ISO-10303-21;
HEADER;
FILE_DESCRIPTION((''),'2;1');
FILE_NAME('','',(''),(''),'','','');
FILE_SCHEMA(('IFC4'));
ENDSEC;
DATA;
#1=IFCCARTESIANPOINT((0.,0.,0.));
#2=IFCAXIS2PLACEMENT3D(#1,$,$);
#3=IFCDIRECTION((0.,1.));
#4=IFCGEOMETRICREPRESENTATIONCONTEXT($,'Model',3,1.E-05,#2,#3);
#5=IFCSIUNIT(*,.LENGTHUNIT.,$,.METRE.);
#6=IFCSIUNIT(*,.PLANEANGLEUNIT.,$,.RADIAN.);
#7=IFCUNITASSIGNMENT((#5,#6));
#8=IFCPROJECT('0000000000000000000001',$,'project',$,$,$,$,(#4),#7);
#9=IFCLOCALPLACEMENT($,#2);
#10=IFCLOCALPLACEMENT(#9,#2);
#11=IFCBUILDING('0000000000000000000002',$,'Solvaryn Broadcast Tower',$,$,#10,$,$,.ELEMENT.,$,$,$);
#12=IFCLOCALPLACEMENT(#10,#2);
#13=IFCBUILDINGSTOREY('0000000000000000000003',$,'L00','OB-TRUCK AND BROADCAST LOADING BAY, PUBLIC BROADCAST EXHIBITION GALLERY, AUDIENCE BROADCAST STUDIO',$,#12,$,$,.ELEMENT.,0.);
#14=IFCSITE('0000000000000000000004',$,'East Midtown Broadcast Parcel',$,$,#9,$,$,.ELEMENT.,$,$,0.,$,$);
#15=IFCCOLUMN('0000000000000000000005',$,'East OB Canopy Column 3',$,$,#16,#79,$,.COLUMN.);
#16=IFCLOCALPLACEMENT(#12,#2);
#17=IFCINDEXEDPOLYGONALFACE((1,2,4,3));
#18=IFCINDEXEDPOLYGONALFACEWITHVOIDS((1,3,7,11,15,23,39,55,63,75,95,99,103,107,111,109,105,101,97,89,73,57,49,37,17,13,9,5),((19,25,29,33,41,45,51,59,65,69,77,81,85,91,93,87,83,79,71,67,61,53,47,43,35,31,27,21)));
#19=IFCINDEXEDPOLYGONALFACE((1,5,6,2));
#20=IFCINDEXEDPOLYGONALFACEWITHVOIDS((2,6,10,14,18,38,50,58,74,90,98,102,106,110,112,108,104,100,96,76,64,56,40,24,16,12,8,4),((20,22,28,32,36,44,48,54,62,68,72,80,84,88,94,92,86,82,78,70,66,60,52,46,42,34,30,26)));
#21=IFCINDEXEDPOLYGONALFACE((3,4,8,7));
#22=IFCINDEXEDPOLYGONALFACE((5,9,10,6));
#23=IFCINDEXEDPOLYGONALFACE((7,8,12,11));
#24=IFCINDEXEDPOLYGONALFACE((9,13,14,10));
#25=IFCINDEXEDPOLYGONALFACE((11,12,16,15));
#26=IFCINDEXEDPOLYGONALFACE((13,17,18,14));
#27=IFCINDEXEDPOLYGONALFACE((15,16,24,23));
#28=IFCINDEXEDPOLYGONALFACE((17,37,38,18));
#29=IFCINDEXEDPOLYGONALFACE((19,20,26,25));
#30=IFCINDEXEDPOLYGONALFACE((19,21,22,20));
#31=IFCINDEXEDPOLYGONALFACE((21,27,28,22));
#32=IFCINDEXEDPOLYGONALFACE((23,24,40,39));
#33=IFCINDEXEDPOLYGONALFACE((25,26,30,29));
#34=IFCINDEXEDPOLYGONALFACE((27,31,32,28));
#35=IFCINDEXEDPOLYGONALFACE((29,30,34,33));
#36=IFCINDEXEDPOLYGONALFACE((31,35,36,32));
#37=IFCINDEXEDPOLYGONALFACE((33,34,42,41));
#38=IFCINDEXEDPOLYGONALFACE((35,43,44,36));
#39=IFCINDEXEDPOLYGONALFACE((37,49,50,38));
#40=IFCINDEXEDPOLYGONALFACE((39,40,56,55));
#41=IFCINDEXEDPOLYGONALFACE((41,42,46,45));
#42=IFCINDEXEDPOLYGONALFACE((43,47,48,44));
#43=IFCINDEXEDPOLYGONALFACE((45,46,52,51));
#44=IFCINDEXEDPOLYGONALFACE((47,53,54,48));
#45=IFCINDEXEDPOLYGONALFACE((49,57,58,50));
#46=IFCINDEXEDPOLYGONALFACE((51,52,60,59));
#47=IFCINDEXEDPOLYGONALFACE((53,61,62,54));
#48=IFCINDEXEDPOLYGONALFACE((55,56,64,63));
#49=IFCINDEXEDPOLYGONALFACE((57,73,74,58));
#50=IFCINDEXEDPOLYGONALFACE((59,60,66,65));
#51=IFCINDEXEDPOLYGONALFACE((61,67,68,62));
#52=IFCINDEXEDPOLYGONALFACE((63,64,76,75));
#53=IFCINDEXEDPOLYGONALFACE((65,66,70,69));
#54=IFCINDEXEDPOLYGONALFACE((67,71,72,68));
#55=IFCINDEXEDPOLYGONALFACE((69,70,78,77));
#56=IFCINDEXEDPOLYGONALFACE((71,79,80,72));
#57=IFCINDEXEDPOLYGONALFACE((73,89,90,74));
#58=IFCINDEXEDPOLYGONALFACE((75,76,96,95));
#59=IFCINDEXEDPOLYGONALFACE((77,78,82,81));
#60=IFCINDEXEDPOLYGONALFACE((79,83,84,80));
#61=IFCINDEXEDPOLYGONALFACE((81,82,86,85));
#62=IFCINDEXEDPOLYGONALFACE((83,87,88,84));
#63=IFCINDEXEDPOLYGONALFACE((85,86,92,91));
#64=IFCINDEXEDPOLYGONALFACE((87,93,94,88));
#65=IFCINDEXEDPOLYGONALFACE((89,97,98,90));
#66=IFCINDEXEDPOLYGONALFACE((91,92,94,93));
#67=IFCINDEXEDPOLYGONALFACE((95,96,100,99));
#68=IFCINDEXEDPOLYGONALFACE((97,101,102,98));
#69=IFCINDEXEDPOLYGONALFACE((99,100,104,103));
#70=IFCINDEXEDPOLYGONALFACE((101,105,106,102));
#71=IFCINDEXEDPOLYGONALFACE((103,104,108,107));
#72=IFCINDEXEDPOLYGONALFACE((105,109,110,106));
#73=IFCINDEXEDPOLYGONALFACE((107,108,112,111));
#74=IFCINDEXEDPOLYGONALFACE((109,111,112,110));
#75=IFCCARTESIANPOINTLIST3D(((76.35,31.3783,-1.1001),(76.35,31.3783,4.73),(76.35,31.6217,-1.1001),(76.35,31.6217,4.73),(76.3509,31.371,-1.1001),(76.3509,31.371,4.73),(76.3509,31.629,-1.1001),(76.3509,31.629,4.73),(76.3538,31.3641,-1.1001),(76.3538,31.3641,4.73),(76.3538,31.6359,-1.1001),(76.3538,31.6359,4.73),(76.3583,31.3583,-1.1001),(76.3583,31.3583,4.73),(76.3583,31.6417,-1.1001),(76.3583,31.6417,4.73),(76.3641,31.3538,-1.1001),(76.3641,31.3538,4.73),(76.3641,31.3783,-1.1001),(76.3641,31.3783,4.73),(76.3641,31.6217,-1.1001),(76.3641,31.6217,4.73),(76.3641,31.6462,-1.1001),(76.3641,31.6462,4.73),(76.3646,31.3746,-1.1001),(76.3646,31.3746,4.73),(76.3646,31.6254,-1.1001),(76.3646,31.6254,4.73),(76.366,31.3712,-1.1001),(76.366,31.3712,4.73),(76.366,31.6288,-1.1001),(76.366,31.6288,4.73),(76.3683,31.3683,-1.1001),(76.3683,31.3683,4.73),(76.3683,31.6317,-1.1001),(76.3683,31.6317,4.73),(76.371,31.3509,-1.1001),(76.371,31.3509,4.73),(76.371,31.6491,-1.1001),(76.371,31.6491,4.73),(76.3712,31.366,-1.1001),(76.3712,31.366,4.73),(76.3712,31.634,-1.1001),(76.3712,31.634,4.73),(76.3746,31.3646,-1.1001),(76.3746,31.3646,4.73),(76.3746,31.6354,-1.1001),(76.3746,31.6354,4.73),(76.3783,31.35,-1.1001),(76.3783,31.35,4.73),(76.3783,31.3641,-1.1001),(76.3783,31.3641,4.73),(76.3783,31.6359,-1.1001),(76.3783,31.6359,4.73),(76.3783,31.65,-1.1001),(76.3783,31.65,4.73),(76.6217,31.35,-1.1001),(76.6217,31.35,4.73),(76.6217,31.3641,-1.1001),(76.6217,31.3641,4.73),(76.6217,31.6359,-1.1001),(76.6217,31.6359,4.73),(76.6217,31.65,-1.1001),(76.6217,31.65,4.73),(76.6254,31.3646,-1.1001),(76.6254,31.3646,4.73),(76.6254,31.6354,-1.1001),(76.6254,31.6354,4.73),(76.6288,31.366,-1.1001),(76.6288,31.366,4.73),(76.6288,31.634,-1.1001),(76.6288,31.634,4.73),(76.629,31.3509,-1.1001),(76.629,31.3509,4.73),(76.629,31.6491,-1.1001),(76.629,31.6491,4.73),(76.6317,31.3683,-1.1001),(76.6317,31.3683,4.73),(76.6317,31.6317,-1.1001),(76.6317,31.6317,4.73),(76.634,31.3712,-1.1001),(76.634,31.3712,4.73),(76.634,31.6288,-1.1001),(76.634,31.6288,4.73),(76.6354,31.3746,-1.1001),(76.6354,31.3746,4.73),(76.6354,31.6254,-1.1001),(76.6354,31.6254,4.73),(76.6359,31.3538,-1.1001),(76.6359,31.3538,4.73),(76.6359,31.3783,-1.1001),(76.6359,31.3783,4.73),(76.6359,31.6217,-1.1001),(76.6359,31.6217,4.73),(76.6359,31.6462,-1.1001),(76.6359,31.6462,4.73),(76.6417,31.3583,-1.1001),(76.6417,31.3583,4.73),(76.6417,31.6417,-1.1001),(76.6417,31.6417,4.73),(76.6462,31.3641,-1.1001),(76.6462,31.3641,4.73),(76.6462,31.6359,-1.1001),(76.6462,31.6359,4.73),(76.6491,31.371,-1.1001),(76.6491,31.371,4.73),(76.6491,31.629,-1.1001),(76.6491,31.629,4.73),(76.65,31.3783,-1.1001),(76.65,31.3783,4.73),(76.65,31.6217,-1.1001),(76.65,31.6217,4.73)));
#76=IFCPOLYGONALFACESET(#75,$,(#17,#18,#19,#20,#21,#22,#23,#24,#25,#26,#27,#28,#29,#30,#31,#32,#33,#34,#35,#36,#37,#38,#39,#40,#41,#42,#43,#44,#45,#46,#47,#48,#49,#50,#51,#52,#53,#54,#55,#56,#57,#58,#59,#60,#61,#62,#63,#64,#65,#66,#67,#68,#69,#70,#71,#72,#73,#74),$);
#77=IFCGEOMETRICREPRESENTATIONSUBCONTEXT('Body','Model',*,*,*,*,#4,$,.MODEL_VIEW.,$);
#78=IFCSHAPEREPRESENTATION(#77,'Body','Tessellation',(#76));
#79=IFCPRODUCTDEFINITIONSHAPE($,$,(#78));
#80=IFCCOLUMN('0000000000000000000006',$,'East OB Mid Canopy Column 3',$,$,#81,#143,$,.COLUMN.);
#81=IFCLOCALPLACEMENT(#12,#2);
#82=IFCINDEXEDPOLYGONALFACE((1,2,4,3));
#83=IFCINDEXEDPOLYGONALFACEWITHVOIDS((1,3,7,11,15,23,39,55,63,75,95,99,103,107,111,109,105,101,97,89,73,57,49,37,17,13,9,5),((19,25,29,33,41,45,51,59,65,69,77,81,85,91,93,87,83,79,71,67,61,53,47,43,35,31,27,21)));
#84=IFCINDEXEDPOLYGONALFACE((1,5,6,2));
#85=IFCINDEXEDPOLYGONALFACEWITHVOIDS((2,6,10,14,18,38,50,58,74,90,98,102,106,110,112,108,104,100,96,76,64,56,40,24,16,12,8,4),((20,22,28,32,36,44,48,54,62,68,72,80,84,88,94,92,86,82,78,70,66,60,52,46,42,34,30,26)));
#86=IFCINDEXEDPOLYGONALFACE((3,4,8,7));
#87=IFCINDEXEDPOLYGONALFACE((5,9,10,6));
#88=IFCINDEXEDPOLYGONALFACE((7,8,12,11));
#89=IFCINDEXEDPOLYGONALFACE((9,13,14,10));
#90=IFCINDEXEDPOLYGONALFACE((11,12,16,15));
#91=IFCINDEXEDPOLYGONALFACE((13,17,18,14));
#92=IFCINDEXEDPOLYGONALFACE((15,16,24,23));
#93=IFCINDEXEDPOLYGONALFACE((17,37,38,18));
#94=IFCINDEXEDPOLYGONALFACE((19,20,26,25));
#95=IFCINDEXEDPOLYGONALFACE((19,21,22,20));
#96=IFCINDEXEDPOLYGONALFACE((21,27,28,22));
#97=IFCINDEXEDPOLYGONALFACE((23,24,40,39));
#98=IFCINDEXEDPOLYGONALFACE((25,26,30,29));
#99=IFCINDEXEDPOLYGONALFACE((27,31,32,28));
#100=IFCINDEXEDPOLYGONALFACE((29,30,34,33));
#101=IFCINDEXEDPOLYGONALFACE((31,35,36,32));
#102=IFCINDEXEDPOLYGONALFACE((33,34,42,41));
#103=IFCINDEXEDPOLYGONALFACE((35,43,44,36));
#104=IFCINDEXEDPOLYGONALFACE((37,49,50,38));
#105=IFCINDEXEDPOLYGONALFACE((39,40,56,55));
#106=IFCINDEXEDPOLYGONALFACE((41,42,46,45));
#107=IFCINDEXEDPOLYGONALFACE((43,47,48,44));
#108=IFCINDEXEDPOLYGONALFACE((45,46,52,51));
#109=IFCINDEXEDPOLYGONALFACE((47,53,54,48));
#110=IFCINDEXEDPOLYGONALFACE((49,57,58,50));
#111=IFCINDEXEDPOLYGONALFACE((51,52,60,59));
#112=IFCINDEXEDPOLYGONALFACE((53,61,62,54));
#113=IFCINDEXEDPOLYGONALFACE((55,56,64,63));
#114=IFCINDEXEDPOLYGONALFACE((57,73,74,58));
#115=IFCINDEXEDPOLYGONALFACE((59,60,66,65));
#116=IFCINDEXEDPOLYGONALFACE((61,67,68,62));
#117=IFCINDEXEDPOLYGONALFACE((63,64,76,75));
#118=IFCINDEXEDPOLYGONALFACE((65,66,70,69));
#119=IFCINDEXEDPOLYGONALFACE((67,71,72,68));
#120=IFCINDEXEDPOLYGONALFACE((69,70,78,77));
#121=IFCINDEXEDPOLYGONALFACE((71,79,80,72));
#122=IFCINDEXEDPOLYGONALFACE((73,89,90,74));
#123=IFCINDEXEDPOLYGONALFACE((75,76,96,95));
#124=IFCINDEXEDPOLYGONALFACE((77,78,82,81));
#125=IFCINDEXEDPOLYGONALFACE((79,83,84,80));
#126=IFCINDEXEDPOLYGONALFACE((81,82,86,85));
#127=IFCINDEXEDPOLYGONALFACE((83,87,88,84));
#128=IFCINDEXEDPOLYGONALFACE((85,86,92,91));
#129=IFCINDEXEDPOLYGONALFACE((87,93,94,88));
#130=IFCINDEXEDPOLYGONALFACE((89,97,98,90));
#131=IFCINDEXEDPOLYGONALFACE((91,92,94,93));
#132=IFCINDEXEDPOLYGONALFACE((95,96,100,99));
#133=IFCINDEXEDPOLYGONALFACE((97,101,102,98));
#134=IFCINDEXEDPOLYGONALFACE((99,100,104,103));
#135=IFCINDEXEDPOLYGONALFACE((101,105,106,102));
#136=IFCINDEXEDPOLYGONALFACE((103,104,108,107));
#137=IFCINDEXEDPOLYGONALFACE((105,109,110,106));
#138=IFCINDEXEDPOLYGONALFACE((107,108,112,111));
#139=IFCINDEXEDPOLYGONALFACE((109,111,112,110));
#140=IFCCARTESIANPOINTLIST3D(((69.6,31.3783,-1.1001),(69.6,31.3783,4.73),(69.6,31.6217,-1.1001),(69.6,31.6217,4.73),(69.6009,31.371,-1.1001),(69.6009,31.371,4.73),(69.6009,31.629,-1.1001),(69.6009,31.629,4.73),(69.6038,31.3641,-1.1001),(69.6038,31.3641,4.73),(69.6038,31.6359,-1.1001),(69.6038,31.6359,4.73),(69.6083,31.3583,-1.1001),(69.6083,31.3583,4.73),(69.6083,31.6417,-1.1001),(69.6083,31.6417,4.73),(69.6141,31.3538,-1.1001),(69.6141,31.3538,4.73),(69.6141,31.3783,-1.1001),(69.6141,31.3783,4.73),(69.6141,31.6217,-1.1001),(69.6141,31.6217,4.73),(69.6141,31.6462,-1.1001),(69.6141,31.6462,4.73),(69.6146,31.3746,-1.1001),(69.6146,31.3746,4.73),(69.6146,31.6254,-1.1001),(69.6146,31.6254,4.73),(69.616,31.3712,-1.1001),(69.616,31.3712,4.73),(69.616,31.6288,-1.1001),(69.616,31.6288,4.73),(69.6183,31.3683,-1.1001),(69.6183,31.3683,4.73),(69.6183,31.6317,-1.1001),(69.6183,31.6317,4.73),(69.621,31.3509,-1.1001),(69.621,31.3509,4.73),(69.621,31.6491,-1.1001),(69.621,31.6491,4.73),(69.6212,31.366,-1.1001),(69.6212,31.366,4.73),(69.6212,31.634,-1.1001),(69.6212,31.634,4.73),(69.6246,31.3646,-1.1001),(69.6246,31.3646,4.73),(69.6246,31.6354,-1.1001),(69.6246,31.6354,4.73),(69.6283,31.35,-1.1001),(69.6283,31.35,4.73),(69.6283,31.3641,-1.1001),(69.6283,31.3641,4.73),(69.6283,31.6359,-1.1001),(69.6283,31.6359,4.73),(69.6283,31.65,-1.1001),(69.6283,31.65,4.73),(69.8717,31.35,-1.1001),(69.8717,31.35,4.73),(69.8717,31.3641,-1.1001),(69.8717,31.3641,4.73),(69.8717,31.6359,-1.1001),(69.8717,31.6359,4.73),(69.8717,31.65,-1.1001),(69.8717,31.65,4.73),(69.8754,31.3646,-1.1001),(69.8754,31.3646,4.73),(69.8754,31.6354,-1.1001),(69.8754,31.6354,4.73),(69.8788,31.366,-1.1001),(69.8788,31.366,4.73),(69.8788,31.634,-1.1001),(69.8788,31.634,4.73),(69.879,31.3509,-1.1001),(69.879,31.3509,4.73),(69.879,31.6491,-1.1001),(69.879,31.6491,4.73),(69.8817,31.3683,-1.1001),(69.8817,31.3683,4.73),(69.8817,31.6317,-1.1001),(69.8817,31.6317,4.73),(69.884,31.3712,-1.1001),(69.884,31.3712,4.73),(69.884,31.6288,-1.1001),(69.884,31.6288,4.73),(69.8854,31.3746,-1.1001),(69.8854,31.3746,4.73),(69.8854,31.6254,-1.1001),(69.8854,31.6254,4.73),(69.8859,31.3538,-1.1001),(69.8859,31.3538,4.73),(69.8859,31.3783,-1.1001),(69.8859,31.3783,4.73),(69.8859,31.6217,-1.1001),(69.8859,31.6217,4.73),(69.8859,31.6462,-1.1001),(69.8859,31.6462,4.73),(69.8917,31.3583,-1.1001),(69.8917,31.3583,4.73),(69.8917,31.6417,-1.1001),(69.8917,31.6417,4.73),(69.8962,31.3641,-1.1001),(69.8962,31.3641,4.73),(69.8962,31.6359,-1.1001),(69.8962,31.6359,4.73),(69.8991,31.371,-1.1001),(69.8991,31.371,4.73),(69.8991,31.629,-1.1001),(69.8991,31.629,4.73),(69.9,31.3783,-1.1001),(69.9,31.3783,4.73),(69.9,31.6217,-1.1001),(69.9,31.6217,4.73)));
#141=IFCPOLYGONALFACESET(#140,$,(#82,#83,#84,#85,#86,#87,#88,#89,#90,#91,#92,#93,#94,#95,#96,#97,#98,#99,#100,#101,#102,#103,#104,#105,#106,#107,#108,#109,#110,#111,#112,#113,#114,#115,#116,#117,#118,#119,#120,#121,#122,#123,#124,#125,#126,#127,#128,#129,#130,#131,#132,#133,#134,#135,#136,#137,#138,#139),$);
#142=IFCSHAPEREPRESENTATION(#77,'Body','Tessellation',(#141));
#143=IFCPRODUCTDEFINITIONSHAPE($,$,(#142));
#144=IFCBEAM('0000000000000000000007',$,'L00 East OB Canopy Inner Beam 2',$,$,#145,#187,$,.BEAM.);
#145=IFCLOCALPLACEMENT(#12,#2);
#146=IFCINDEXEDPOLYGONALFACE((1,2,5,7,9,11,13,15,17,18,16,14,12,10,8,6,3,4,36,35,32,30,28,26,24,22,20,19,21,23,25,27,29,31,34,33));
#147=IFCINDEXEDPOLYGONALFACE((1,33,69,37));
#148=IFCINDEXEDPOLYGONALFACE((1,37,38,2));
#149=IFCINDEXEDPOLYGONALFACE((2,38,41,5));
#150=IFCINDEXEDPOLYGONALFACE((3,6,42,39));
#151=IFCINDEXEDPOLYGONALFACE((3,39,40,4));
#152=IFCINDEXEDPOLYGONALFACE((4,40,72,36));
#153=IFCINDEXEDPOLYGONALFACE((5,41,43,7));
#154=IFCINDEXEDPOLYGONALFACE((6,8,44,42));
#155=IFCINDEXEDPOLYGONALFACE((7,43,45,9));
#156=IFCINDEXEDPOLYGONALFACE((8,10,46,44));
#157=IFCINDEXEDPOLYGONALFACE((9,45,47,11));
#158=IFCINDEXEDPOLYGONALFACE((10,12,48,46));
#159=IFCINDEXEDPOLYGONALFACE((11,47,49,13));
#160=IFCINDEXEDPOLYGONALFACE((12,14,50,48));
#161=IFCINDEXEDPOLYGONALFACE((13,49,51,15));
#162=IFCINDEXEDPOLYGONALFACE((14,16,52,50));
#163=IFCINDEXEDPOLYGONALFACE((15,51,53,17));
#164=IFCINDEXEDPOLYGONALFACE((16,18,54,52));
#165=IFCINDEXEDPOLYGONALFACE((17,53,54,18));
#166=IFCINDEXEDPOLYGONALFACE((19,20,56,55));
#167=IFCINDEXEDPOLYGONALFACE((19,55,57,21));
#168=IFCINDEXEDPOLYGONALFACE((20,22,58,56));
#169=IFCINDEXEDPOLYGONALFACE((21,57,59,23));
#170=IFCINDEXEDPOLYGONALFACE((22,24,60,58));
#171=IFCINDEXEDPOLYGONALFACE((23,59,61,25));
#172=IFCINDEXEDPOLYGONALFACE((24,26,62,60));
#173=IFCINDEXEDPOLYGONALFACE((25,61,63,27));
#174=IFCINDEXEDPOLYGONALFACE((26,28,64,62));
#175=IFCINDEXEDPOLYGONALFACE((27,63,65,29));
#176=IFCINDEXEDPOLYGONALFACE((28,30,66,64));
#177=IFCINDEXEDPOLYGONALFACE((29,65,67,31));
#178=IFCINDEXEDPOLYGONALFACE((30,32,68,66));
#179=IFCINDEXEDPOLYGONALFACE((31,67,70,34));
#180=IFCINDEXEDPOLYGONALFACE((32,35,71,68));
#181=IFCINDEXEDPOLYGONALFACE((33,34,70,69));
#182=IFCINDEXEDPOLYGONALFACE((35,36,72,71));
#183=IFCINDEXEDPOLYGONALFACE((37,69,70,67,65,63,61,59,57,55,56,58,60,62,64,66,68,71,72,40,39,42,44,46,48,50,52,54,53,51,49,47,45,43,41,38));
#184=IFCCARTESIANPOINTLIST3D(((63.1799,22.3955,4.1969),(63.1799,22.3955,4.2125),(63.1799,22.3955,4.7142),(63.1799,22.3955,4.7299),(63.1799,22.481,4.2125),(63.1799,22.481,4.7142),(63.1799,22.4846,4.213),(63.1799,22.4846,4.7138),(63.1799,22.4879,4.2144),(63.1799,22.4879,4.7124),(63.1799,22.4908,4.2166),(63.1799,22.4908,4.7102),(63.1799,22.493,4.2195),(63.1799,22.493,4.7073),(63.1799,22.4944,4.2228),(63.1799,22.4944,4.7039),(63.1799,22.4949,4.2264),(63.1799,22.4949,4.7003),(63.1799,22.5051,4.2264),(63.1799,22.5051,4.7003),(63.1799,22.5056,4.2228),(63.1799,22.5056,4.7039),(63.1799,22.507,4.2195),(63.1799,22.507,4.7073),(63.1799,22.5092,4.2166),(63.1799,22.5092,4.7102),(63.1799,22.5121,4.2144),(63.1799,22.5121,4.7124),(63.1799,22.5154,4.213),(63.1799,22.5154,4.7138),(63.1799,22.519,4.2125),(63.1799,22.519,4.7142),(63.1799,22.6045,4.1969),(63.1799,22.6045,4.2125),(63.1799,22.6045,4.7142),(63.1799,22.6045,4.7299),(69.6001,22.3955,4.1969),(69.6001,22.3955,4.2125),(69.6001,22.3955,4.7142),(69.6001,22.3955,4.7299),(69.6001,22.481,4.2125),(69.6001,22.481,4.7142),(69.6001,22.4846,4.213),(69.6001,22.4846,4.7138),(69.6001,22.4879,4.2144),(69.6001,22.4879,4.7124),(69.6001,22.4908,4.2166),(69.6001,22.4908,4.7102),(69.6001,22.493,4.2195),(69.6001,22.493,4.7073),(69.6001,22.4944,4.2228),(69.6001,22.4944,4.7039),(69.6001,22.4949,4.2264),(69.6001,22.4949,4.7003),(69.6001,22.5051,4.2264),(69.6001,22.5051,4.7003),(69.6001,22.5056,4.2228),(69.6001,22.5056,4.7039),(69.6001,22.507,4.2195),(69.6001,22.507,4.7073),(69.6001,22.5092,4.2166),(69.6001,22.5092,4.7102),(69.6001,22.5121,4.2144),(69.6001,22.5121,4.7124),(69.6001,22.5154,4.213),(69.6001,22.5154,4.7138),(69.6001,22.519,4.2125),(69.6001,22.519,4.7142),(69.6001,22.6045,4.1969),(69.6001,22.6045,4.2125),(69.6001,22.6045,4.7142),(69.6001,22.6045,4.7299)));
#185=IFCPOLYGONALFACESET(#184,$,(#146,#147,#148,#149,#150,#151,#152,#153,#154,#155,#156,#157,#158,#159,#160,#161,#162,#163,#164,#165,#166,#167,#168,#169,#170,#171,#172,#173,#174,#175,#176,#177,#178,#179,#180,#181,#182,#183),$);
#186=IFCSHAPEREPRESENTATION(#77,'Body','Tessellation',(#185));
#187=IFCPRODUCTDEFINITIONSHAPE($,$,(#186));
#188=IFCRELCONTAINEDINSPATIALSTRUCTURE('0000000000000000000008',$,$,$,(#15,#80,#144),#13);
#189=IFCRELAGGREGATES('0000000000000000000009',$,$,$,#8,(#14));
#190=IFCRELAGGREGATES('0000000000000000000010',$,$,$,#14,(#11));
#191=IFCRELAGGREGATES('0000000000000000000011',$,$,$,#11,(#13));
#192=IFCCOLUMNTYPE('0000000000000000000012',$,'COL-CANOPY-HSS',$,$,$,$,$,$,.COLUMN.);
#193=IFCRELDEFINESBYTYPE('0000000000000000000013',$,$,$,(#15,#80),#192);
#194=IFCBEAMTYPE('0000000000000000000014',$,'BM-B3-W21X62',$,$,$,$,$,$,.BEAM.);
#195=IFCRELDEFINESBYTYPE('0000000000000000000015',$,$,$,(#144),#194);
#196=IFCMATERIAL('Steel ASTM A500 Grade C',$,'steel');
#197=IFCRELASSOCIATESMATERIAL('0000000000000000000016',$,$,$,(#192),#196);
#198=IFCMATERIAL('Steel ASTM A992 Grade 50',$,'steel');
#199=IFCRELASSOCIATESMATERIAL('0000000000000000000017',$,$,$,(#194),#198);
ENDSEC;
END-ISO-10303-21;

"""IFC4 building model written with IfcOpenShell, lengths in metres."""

from ifc_helpers import new_model, si_unit, direction, frame, origin, origin_2d, place, context, subcontext, project, spatial, hollow_rectangle, i_section, extrude, material, material_profile, profile_set, type_object, element, save


model = new_model("IFC4")

# Units and contexts
model_context = context("Model", 3, precision=1e-05, world=origin(), true_north=direction((0.0, 1.0)))
body_context = subcontext(model_context, "Body", "Model", "MODEL_VIEW")
ifc_project = project(units=[si_unit("LENGTHUNIT", "METRE"), si_unit("PLANEANGLEUNIT", "RADIAN")], contexts=[model_context])

# Site, building, storey
site_placement = place(None, origin())
site = spatial("IfcSite", under=ifc_project, at=site_placement, Name="East Midtown Broadcast Parcel", CompositionType="ELEMENT", RefElevation=0.0)
building_placement = place(site_placement, origin())
building = spatial("IfcBuilding", under=site, at=building_placement, Name="Solvaryn Broadcast Tower", CompositionType="ELEMENT")
storey_placement = place(building_placement, origin())
storey = spatial("IfcBuildingStorey", under=building, at=storey_placement, Name="L00", Description="OB-TRUCK AND BROADCAST LOADING BAY, PUBLIC BROADCAST EXHIBITION GALLERY, AUDIENCE BROADCAST STUDIO", CompositionType="ELEMENT", Elevation=0.0)

# Columns
ifc_material_1 = material(Name="Steel ASTM A500 Grade C", Category="steel")
ifc_material_profile_1 = material_profile(ifc_material_1, hollow_rectangle(XDim=0.3, YDim=0.3, WallThickness=0.0142, InnerFilletRadius=0.0142, OuterFilletRadius=0.0283, at=origin_2d()))
ifc_profile_set_1 = profile_set([ifc_material_profile_1], Name="Steel ASTM A500 Grade C")
column_type_1 = type_object("IfcColumnType", Name="COL-CANOPY-HSS", PredefinedType="COLUMN", material=ifc_profile_set_1)
for number, where, z_axis, x_axis, name in (
    (1, (76.5, 31.5, -1.1001), (0.0, 0.0, 1.0), (1.0, 0.0, 0.0), "East OB Canopy Column 3"),
    (2, (69.75, 31.5, -1.1001), (0.0, 0.0, 1.0), (1.0, 0.0, 0.0), "East OB Mid Canopy Column 3"),
):
    element("IfcColumn", number, at=place(storey_placement, frame(where, z_axis=z_axis, x_axis=x_axis)), inside=storey, type_object=column_type_1, Name=name, PredefinedType="COLUMN", context=body_context, shape_type="SweptSolid", body=[
        extrude(hollow_rectangle(XDim=0.3, YDim=0.3, WallThickness=0.0142, InnerFilletRadius=0.0142, OuterFilletRadius=0.0283, at=origin_2d()), origin(), (0.0, 0.0, 1.0), 5.8301),
    ])

# Beam
ifc_material_2 = material(Name="Steel ASTM A992 Grade 50", Category="steel")
ifc_material_profile_2 = material_profile(ifc_material_2, i_section(OverallWidth=0.209, OverallDepth=0.533, WebThickness=0.0103, FlangeThickness=0.0156, FilletRadius=0.0139, at=origin_2d()))
ifc_profile_set_2 = profile_set([ifc_material_profile_2], Name="Steel ASTM A992 Grade 50")
beam_type_1 = type_object("IfcBeamType", Name="BM-B3-W21X62", PredefinedType="BEAM", material=ifc_profile_set_2)
beam_1_placement = place(storey_placement, frame((63.1799, 22.5, 4.4634), z_axis=(1.0, 0.0, 0.0), x_axis=(0.0, 1.0, 0.0)))
element("IfcBeam", 3, at=beam_1_placement, inside=storey, type_object=beam_type_1, Name="L00 East OB Canopy Inner Beam 2", PredefinedType="BEAM", context=body_context, shape_type="SweptSolid", body=[
    extrude(i_section(OverallWidth=0.209, OverallDepth=0.533, WebThickness=0.0103, FlangeThickness=0.0156, FilletRadius=0.0139, at=origin_2d()), origin(), (0.0, 0.0, 1.0), 6.4202),
])

save(model, "model.ifc")
